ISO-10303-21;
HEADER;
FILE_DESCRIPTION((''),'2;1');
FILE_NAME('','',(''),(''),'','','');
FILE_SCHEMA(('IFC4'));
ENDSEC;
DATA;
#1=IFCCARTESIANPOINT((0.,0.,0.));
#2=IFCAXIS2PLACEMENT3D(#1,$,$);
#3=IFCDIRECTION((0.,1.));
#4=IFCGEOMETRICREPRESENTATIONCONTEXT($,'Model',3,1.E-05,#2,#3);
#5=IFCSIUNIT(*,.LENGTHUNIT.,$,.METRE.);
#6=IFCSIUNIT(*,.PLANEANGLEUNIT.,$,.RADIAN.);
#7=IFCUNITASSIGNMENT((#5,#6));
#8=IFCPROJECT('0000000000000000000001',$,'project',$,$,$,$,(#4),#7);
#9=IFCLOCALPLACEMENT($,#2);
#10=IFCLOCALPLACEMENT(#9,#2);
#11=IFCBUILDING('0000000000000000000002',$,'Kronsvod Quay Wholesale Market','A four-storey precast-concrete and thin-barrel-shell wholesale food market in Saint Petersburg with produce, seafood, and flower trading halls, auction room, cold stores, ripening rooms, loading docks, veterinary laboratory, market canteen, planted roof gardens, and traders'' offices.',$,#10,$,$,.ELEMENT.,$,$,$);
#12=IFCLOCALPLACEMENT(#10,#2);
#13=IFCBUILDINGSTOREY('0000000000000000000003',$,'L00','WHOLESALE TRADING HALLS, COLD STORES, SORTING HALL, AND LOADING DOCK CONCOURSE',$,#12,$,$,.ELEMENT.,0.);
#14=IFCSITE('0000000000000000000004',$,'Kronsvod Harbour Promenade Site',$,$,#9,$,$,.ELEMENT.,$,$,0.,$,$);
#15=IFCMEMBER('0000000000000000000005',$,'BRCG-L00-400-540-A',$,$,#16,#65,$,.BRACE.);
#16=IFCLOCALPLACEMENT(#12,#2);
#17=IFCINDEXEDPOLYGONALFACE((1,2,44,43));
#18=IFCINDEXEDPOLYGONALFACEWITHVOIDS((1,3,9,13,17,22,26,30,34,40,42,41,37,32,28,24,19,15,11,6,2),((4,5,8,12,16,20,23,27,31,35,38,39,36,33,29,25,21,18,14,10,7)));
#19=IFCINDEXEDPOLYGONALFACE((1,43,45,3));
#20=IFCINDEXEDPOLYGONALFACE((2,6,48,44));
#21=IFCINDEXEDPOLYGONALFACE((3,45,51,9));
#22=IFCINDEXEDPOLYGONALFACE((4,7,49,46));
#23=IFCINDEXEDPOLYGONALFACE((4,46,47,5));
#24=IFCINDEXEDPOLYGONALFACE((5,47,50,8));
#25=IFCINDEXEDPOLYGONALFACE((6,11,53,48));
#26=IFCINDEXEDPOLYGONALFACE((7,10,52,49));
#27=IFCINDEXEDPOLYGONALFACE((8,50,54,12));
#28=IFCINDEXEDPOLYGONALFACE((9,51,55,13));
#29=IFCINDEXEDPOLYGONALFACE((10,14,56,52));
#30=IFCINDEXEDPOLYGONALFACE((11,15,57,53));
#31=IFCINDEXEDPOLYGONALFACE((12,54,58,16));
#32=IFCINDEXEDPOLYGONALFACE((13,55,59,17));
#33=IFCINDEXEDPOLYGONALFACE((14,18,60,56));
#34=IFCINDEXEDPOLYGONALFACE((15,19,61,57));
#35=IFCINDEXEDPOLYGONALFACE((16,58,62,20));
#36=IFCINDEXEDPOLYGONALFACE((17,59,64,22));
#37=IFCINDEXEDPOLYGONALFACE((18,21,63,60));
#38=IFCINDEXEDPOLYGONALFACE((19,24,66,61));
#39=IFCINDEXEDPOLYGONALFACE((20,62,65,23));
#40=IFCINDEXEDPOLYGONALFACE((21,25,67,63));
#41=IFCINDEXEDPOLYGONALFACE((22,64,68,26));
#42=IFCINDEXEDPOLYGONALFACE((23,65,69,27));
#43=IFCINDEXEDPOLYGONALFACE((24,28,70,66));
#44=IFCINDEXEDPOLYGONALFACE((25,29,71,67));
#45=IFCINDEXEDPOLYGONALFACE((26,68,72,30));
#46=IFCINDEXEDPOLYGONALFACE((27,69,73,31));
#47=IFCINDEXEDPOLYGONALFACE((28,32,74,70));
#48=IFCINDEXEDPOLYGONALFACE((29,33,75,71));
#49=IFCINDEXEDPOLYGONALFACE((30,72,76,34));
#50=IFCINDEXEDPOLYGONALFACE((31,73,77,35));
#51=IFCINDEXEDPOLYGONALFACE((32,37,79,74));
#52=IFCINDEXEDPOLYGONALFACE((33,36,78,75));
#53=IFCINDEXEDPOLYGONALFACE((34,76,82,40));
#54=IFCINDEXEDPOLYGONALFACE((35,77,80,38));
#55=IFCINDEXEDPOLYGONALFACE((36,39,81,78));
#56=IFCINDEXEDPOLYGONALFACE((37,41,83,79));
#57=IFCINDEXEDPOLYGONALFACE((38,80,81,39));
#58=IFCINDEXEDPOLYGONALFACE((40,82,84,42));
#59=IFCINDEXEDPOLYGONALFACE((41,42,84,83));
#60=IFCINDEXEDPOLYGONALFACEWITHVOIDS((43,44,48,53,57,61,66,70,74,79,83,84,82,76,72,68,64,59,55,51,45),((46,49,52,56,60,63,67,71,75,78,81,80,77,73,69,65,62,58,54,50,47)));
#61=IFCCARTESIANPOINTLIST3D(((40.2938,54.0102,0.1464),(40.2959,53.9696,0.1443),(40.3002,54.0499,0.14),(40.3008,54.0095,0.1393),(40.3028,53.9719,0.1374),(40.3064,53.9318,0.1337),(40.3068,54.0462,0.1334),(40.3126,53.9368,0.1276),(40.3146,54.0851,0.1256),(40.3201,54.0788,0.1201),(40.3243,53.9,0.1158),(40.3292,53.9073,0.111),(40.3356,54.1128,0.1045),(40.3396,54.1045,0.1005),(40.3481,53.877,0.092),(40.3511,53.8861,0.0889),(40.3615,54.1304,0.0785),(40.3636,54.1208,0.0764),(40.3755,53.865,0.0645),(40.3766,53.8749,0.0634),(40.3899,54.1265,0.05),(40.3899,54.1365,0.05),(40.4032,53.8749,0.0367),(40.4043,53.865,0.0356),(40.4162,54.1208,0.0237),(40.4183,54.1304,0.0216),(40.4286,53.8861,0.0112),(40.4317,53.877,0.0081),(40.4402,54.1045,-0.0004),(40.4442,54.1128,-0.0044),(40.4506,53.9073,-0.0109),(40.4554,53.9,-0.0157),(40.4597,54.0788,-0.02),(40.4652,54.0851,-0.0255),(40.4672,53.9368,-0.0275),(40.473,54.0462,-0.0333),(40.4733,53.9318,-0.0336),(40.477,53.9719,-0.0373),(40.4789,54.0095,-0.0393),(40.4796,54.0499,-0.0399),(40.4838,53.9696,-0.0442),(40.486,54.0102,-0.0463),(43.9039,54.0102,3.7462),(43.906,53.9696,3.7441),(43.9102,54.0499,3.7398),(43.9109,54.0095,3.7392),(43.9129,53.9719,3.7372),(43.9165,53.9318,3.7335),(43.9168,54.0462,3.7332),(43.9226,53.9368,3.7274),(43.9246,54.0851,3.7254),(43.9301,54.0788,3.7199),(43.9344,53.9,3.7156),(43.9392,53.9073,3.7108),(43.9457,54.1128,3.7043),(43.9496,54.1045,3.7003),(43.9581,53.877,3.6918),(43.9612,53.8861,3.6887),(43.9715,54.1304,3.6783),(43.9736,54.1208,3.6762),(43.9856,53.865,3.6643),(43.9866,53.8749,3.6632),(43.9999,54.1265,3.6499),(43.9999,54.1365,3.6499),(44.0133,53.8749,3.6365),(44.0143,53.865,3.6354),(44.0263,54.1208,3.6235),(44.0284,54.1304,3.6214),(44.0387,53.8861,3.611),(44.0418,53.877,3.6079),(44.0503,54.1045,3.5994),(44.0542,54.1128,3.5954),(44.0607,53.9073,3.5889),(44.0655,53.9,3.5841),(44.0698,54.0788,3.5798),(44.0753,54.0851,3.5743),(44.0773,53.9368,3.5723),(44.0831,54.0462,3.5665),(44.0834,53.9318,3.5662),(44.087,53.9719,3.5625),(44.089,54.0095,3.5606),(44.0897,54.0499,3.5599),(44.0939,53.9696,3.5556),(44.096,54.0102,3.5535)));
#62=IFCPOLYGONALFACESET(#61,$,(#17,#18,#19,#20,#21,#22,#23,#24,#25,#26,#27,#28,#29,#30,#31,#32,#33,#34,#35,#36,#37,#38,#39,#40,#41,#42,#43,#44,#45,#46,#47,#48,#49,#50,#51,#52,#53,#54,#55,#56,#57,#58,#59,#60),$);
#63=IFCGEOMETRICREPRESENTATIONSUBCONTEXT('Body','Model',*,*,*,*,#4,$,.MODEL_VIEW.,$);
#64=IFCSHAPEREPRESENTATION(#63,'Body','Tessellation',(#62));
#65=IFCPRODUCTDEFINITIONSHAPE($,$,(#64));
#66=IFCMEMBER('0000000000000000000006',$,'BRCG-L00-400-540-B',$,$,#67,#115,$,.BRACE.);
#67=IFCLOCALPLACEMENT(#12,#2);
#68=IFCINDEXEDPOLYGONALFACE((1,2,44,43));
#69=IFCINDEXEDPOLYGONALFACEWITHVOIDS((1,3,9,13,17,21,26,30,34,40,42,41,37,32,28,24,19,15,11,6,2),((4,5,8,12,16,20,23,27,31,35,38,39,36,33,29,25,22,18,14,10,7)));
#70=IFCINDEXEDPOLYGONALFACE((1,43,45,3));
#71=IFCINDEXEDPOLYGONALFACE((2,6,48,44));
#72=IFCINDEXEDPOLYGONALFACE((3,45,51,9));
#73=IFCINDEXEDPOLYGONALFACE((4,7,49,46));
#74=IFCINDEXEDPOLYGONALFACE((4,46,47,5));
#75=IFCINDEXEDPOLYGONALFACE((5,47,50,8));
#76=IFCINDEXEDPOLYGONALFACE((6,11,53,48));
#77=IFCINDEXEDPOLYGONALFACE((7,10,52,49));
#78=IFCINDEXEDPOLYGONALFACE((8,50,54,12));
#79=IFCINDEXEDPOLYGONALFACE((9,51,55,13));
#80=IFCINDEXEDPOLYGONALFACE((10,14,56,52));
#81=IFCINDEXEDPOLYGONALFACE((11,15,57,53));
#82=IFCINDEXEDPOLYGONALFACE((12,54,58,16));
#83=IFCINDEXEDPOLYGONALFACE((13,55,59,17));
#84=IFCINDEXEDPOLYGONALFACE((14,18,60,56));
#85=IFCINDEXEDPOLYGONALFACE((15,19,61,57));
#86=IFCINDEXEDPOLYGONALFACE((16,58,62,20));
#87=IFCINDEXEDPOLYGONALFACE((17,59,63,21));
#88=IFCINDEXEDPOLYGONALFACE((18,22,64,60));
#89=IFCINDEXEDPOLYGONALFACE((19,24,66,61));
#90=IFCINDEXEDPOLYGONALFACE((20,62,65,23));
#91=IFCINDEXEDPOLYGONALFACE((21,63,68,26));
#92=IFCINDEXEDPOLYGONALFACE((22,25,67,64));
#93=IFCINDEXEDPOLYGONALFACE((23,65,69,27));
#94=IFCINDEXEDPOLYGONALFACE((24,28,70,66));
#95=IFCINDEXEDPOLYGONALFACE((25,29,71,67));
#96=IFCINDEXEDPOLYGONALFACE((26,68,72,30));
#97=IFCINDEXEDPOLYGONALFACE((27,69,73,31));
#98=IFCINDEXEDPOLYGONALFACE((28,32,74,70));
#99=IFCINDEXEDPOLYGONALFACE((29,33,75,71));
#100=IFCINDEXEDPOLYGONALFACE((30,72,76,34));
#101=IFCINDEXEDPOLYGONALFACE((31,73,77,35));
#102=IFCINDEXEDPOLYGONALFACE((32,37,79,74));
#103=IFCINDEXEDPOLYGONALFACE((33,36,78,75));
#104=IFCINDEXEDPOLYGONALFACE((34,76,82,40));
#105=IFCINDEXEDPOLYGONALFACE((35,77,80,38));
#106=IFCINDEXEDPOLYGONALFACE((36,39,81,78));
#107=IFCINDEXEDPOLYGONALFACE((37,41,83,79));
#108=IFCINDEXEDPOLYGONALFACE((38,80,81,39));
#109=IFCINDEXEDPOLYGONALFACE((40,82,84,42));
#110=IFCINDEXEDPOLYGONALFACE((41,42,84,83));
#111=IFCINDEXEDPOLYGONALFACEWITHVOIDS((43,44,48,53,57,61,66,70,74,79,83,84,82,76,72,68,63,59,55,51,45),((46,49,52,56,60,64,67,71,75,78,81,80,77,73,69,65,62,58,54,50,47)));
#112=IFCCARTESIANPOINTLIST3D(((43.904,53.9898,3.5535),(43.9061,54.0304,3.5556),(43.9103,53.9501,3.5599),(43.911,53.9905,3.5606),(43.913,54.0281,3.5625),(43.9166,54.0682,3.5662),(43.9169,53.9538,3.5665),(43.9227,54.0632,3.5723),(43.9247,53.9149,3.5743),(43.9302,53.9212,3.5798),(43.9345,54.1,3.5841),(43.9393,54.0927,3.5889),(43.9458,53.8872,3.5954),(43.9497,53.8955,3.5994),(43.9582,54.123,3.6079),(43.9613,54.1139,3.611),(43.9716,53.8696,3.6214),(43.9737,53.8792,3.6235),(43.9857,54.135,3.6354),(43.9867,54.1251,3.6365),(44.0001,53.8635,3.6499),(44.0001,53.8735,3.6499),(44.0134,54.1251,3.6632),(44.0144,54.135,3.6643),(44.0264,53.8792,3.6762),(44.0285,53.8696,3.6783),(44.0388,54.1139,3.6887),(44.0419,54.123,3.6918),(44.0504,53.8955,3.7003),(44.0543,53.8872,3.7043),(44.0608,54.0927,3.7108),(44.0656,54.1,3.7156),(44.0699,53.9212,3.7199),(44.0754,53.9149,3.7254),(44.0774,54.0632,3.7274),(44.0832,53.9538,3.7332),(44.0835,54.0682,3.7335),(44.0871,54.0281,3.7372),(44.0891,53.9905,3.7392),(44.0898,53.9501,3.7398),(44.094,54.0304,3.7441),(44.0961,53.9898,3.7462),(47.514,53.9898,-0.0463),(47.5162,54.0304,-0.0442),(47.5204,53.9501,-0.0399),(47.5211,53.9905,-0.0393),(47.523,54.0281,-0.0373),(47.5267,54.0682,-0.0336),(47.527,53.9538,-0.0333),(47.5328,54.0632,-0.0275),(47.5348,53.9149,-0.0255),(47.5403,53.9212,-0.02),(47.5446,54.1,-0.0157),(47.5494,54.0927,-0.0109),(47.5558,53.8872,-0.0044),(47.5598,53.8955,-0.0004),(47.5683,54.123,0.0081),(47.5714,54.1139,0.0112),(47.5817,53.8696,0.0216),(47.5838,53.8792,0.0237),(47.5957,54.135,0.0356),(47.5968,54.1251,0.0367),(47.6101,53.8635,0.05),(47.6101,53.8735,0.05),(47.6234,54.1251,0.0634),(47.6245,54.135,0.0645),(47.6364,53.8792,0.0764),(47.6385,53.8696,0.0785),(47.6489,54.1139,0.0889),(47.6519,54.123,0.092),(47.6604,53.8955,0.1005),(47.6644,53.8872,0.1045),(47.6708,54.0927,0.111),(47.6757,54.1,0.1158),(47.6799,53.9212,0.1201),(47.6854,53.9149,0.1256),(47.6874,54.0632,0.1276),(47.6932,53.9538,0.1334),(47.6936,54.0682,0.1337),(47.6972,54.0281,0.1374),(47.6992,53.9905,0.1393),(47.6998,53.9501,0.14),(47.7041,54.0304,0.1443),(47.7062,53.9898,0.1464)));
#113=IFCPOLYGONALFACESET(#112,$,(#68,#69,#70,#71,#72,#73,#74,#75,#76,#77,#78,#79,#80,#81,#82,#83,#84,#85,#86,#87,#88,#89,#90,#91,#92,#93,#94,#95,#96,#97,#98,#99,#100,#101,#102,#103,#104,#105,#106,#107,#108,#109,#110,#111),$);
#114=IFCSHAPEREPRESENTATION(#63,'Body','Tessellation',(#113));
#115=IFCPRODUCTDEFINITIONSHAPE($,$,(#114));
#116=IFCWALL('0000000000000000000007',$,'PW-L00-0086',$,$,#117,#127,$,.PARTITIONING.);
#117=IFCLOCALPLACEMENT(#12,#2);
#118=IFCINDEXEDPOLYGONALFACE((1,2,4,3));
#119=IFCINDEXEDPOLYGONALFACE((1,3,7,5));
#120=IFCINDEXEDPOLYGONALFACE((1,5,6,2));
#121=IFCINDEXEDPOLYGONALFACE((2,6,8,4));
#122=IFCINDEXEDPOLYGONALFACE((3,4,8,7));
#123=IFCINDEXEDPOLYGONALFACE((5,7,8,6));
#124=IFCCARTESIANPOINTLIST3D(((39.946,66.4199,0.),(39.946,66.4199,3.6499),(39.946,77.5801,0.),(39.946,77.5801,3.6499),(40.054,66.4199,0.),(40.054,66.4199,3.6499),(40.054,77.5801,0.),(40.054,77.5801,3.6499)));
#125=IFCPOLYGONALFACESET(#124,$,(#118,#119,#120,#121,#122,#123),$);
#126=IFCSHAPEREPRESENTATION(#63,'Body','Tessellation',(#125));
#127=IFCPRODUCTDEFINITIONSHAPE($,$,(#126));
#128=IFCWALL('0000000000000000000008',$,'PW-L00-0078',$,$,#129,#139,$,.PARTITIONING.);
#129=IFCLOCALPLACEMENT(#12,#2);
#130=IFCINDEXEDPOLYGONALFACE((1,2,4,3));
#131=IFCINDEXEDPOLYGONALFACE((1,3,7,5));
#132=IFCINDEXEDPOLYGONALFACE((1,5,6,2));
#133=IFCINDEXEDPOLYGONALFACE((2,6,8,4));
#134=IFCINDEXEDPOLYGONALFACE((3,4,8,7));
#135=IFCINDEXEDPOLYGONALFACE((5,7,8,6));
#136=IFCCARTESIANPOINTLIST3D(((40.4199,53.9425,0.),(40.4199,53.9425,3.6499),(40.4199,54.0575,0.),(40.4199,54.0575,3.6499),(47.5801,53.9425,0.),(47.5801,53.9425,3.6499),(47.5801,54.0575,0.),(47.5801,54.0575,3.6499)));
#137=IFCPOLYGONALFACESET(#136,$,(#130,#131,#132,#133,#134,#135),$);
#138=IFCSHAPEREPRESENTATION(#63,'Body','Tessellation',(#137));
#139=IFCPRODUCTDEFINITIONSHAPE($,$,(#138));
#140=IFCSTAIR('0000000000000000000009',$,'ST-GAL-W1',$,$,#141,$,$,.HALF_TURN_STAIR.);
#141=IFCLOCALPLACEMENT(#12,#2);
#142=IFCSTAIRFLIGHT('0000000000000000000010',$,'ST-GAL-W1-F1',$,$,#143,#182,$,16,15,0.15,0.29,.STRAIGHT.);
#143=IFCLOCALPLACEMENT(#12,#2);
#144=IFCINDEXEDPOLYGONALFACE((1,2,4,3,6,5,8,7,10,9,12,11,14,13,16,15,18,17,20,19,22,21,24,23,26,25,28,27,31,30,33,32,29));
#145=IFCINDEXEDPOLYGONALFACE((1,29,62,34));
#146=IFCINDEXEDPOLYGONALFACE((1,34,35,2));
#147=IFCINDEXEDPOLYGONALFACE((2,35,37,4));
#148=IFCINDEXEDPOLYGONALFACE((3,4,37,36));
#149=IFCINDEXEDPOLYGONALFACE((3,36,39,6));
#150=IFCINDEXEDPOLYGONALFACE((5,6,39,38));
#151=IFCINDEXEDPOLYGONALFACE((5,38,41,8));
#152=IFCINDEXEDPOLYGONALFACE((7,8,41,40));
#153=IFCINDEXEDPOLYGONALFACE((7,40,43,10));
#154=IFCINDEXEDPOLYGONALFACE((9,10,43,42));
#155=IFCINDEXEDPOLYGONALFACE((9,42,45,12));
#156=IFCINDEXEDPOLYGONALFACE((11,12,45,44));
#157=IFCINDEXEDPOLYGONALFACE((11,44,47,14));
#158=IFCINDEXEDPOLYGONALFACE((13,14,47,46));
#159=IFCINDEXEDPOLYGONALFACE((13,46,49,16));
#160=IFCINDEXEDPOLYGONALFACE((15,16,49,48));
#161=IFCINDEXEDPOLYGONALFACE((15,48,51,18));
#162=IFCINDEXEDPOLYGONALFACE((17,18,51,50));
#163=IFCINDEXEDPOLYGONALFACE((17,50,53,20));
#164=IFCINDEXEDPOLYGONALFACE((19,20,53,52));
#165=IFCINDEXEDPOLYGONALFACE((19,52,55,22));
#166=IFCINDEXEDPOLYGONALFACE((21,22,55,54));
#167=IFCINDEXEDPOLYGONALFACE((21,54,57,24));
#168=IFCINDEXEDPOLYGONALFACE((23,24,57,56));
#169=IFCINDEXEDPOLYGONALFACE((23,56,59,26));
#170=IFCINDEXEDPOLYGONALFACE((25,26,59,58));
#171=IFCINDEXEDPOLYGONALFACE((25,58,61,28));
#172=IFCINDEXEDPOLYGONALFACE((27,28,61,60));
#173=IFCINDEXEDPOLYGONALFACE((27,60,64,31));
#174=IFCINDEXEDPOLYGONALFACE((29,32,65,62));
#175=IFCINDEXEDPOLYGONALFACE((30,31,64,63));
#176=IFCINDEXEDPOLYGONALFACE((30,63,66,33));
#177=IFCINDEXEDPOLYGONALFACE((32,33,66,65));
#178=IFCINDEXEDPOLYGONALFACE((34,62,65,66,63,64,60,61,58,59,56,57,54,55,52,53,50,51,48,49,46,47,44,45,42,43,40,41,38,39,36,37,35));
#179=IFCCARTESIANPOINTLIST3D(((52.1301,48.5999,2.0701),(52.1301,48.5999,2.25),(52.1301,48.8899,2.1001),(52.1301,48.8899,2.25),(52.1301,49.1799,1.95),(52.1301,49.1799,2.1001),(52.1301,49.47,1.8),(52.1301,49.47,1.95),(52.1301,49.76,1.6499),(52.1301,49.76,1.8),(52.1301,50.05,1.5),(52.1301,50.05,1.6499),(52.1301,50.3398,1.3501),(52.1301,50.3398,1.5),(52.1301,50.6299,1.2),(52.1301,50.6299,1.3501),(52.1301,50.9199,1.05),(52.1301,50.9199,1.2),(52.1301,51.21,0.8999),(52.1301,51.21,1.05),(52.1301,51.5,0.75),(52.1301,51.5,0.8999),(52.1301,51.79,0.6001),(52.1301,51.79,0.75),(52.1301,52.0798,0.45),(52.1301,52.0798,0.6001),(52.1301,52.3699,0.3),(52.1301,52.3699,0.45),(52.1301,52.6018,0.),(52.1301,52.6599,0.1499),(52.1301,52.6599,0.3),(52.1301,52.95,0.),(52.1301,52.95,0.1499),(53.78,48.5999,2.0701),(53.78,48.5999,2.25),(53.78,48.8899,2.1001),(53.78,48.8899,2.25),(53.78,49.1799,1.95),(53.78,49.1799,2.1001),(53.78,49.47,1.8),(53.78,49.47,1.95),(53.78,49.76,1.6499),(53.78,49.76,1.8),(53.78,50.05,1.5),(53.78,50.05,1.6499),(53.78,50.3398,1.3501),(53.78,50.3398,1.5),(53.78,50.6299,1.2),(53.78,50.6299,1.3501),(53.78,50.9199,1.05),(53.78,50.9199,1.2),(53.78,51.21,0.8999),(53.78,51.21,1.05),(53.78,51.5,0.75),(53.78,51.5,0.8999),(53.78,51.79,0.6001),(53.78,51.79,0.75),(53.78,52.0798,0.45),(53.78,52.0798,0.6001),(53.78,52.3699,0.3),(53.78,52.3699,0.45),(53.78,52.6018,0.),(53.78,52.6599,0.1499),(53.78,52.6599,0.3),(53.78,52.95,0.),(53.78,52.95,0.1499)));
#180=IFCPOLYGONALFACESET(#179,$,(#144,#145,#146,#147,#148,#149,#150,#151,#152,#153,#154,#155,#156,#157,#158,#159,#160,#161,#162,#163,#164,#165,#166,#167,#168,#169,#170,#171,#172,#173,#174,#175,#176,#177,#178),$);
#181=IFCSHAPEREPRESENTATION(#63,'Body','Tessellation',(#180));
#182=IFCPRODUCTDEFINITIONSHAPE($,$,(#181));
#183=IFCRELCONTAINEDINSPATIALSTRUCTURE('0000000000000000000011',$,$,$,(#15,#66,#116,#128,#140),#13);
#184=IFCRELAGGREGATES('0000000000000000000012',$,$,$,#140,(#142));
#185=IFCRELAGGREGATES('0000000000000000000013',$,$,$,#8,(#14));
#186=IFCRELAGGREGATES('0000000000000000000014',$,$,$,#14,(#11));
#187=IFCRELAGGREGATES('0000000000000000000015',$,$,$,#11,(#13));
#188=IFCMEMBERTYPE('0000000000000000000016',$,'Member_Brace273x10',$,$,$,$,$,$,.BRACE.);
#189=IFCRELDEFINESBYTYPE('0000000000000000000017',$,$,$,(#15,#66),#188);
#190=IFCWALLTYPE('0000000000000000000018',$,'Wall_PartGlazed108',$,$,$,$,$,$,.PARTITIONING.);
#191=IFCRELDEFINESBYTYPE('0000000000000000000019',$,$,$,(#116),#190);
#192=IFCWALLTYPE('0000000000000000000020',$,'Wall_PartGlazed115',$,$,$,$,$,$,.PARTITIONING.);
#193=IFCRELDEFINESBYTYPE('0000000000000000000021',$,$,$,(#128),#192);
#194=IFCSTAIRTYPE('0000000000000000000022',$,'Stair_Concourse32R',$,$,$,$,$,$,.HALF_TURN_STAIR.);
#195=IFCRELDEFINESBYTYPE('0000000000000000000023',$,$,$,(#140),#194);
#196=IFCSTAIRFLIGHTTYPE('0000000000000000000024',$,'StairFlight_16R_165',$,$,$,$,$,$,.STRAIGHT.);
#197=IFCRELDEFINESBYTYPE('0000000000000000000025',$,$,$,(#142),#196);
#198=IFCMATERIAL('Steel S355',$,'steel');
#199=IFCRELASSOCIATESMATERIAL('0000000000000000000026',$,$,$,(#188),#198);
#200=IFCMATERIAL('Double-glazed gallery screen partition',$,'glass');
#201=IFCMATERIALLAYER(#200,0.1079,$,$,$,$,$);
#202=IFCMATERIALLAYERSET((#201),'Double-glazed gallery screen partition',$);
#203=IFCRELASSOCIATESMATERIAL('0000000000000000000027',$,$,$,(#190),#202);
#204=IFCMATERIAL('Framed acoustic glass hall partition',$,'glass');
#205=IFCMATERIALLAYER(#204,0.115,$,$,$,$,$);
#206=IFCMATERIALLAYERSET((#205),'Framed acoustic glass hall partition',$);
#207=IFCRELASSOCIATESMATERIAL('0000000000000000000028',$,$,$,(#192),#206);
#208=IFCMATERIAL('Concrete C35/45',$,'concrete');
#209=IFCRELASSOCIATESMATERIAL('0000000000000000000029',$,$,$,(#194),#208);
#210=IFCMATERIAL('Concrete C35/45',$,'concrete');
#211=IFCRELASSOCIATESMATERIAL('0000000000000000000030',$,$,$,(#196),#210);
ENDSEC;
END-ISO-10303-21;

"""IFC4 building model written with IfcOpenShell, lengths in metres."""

from ifc_helpers import new_model, si_unit, direction, frame, frame_2d, origin, origin_2d, place, context, subcontext, project, spatial, polyline, rectangle, hollow_circle, outline, extrude, material, layer, layer_set, material_profile, profile_set, type_object, element, aggregate, save


model = new_model("IFC4")

# Units and contexts
model_context = context("Model", 3, precision=1e-05, world=origin(), true_north=direction((0.0, 1.0)))
body_context = subcontext(model_context, "Body", "Model", "MODEL_VIEW")
ifc_project = project(units=[si_unit("LENGTHUNIT", "METRE"), si_unit("PLANEANGLEUNIT", "RADIAN")], contexts=[model_context])

# Site, building, storey
site_placement = place(None, origin())
site = spatial("IfcSite", under=ifc_project, at=site_placement, Name="Kronsvod Harbour Promenade Site", CompositionType="ELEMENT", RefElevation=0.0)
building_placement = place(site_placement, origin())
building = spatial("IfcBuilding", under=site, at=building_placement, Name="Kronsvod Quay Wholesale Market", Description="A four-storey precast-concrete and thin-barrel-shell wholesale food market in Saint Petersburg with produce, seafood, and flower trading halls, auction room, cold stores, ripening rooms, loading docks, veterinary laboratory, market canteen, planted roof gardens, and traders' offices.", CompositionType="ELEMENT")
storey_placement = place(building_placement, origin())
storey = spatial("IfcBuildingStorey", under=building, at=storey_placement, Name="L00", Description="WHOLESALE TRADING HALLS, COLD STORES, SORTING HALL, AND LOADING DOCK CONCOURSE", CompositionType="ELEMENT", Elevation=0.0)

# Members
ifc_material_1 = material(Name="Steel S355", Category="steel")
ifc_material_profile_1 = material_profile(ifc_material_1, hollow_circle(Radius=0.1365, WallThickness=0.01, at=origin_2d()), Name="CHS273x10")
ifc_profile_set_1 = profile_set([ifc_material_profile_1], Name="Steel S355")
member_type = type_object("IfcMemberType", Name="Member_Brace273x10", PredefinedType="BRACE", material=ifc_profile_set_1)
for number, where, z_axis, x_axis, name in (
    (1, (40.3899, 54.0, 0.05), (0.708112, 0.0, 0.7061), (0.0, 1.0, 0.0), "BRCG-L00-400-540-A"),
    (2, (47.6101, 54.0, 0.05), (-0.708112, 0.0, 0.7061), (0.0, -1.0, 0.0), "BRCG-L00-400-540-B"),
):
    element("IfcMember", number, at=place(storey_placement, frame(where, z_axis=z_axis, x_axis=x_axis)), inside=storey, type_object=member_type, Name=name, PredefinedType="BRACE", context=body_context, shape_type="SweptSolid", body=[
        extrude(hollow_circle(Radius=0.1365, WallThickness=0.01, at=origin_2d()), origin(), (0.0, 0.0, 1.0), 5.0981),
    ])

# Walls
ifc_material_2 = material(Name="Double-glazed gallery screen partition", Category="glass")
ifc_layer_1 = layer(ifc_material_2, 0.1079)
ifc_layer_set_1 = layer_set([ifc_layer_1], Name="Double-glazed gallery screen partition")
wall_type_1 = type_object("IfcWallType", Name="Wall_PartGlazed108", PredefinedType="PARTITIONING", material=ifc_layer_set_1)
wall_1_placement = place(storey_placement, frame((40.0, 66.4199, 0.0), z_axis=(0.0, 0.0, 1.0), x_axis=(0.0, 1.0, 0.0)))
element("IfcWall", 3, at=wall_1_placement, inside=storey, type_object=wall_type_1, Name="PW-L00-0086", PredefinedType="PARTITIONING", context=body_context, shape_type="SweptSolid", body=[
    extrude(rectangle(XDim=11.1602, YDim=0.1079, at=frame_2d((5.5801, 0.0))), origin(), (0.0, 0.0, 1.0), 3.6499),
])
ifc_material_3 = material(Name="Framed acoustic glass hall partition", Category="glass")
ifc_layer_2 = layer(ifc_material_3, 0.115)
ifc_layer_set_2 = layer_set([ifc_layer_2], Name="Framed acoustic glass hall partition")
wall_type_2 = type_object("IfcWallType", Name="Wall_PartGlazed115", PredefinedType="PARTITIONING", material=ifc_layer_set_2)
wall_2_placement = place(storey_placement, frame((40.4199, 54.0, 0.0), z_axis=(0.0, 0.0, 1.0), x_axis=(1.0, 0.0, 0.0)))
element("IfcWall", 4, at=wall_2_placement, inside=storey, type_object=wall_type_2, Name="PW-L00-0078", PredefinedType="PARTITIONING", context=body_context, shape_type="SweptSolid", body=[
    extrude(rectangle(XDim=7.1602, YDim=0.115, at=frame_2d((3.5801, 0.0))), origin(), (0.0, 0.0, 1.0), 3.6499),
])

# Stair, stair flight
ifc_material_4 = material(Name="Concrete C35/45", Category="concrete")
stair_type = type_object("IfcStairType", Name="Stair_Concourse32R", PredefinedType="HALF_TURN_STAIR", material=ifc_material_4)
stair_placement = place(storey_placement, origin())
stair = element("IfcStair", 5, at=stair_placement, inside=storey, type_object=stair_type, Name="ST-GAL-W1", PredefinedType="HALF_TURN_STAIR")
ifc_material_5 = material(Name="Concrete C35/45", Category="concrete")
stair_flight_type = type_object("IfcStairFlightType", Name="StairFlight_16R_165", PredefinedType="STRAIGHT", material=ifc_material_5)
stair_flight_1_placement = place(storey_placement, frame((52.9551, 52.95, 0.0), z_axis=(0.0, 0.0, 1.0), x_axis=(0.0, -1.0, 0.0)))
stair_flight_1 = element("IfcStairFlight", 6, at=stair_flight_1_placement, type_object=stair_flight_type, Name="ST-GAL-W1-F1", NumberOfRisers=16, NumberOfTreads=15, PredefinedType="STRAIGHT", RiserHeight=0.15, TreadLength=0.29, context=body_context, shape_type="SweptSolid", body=[
    extrude(outline(polyline([(0.0, 0.0), (0.0, 0.1499), (0.29, 0.1499), (0.29, 0.3), (0.5801, 0.3), (0.5801, 0.45), (0.8701, 0.45), (0.8701, 0.6001), (1.1599, 0.6001), (1.1599, 0.75), (1.45, 0.75), (1.45, 0.8999), (1.74, 0.8999), (1.74, 1.05), (2.03, 1.05), (2.03, 1.2), (2.3201, 1.2), (2.3201, 1.3501), (2.6101, 1.3501), (2.6101, 1.5), (2.8999, 1.5), (2.8999, 1.6499), (3.1899, 1.6499), (3.1899, 1.8), (3.48, 1.8), (3.48, 1.95), (3.77, 1.95), (3.77, 2.1001), (4.0601, 2.1001), (4.0601, 2.25), (4.3501, 2.25), (4.3501, 2.3999), (4.3501, 2.0701), (0.3481, 0.0), (0.0, 0.0)])), frame((0.0, 0.825, 0.0), z_axis=(0.0, -1.0, 0.0), x_axis=(1.0, 0.0, 0.0)), (0.0, 0.0, 1.0), 1.6499),
])
aggregate(stair, [stair_flight_1])

save(model, "model.ifc")
